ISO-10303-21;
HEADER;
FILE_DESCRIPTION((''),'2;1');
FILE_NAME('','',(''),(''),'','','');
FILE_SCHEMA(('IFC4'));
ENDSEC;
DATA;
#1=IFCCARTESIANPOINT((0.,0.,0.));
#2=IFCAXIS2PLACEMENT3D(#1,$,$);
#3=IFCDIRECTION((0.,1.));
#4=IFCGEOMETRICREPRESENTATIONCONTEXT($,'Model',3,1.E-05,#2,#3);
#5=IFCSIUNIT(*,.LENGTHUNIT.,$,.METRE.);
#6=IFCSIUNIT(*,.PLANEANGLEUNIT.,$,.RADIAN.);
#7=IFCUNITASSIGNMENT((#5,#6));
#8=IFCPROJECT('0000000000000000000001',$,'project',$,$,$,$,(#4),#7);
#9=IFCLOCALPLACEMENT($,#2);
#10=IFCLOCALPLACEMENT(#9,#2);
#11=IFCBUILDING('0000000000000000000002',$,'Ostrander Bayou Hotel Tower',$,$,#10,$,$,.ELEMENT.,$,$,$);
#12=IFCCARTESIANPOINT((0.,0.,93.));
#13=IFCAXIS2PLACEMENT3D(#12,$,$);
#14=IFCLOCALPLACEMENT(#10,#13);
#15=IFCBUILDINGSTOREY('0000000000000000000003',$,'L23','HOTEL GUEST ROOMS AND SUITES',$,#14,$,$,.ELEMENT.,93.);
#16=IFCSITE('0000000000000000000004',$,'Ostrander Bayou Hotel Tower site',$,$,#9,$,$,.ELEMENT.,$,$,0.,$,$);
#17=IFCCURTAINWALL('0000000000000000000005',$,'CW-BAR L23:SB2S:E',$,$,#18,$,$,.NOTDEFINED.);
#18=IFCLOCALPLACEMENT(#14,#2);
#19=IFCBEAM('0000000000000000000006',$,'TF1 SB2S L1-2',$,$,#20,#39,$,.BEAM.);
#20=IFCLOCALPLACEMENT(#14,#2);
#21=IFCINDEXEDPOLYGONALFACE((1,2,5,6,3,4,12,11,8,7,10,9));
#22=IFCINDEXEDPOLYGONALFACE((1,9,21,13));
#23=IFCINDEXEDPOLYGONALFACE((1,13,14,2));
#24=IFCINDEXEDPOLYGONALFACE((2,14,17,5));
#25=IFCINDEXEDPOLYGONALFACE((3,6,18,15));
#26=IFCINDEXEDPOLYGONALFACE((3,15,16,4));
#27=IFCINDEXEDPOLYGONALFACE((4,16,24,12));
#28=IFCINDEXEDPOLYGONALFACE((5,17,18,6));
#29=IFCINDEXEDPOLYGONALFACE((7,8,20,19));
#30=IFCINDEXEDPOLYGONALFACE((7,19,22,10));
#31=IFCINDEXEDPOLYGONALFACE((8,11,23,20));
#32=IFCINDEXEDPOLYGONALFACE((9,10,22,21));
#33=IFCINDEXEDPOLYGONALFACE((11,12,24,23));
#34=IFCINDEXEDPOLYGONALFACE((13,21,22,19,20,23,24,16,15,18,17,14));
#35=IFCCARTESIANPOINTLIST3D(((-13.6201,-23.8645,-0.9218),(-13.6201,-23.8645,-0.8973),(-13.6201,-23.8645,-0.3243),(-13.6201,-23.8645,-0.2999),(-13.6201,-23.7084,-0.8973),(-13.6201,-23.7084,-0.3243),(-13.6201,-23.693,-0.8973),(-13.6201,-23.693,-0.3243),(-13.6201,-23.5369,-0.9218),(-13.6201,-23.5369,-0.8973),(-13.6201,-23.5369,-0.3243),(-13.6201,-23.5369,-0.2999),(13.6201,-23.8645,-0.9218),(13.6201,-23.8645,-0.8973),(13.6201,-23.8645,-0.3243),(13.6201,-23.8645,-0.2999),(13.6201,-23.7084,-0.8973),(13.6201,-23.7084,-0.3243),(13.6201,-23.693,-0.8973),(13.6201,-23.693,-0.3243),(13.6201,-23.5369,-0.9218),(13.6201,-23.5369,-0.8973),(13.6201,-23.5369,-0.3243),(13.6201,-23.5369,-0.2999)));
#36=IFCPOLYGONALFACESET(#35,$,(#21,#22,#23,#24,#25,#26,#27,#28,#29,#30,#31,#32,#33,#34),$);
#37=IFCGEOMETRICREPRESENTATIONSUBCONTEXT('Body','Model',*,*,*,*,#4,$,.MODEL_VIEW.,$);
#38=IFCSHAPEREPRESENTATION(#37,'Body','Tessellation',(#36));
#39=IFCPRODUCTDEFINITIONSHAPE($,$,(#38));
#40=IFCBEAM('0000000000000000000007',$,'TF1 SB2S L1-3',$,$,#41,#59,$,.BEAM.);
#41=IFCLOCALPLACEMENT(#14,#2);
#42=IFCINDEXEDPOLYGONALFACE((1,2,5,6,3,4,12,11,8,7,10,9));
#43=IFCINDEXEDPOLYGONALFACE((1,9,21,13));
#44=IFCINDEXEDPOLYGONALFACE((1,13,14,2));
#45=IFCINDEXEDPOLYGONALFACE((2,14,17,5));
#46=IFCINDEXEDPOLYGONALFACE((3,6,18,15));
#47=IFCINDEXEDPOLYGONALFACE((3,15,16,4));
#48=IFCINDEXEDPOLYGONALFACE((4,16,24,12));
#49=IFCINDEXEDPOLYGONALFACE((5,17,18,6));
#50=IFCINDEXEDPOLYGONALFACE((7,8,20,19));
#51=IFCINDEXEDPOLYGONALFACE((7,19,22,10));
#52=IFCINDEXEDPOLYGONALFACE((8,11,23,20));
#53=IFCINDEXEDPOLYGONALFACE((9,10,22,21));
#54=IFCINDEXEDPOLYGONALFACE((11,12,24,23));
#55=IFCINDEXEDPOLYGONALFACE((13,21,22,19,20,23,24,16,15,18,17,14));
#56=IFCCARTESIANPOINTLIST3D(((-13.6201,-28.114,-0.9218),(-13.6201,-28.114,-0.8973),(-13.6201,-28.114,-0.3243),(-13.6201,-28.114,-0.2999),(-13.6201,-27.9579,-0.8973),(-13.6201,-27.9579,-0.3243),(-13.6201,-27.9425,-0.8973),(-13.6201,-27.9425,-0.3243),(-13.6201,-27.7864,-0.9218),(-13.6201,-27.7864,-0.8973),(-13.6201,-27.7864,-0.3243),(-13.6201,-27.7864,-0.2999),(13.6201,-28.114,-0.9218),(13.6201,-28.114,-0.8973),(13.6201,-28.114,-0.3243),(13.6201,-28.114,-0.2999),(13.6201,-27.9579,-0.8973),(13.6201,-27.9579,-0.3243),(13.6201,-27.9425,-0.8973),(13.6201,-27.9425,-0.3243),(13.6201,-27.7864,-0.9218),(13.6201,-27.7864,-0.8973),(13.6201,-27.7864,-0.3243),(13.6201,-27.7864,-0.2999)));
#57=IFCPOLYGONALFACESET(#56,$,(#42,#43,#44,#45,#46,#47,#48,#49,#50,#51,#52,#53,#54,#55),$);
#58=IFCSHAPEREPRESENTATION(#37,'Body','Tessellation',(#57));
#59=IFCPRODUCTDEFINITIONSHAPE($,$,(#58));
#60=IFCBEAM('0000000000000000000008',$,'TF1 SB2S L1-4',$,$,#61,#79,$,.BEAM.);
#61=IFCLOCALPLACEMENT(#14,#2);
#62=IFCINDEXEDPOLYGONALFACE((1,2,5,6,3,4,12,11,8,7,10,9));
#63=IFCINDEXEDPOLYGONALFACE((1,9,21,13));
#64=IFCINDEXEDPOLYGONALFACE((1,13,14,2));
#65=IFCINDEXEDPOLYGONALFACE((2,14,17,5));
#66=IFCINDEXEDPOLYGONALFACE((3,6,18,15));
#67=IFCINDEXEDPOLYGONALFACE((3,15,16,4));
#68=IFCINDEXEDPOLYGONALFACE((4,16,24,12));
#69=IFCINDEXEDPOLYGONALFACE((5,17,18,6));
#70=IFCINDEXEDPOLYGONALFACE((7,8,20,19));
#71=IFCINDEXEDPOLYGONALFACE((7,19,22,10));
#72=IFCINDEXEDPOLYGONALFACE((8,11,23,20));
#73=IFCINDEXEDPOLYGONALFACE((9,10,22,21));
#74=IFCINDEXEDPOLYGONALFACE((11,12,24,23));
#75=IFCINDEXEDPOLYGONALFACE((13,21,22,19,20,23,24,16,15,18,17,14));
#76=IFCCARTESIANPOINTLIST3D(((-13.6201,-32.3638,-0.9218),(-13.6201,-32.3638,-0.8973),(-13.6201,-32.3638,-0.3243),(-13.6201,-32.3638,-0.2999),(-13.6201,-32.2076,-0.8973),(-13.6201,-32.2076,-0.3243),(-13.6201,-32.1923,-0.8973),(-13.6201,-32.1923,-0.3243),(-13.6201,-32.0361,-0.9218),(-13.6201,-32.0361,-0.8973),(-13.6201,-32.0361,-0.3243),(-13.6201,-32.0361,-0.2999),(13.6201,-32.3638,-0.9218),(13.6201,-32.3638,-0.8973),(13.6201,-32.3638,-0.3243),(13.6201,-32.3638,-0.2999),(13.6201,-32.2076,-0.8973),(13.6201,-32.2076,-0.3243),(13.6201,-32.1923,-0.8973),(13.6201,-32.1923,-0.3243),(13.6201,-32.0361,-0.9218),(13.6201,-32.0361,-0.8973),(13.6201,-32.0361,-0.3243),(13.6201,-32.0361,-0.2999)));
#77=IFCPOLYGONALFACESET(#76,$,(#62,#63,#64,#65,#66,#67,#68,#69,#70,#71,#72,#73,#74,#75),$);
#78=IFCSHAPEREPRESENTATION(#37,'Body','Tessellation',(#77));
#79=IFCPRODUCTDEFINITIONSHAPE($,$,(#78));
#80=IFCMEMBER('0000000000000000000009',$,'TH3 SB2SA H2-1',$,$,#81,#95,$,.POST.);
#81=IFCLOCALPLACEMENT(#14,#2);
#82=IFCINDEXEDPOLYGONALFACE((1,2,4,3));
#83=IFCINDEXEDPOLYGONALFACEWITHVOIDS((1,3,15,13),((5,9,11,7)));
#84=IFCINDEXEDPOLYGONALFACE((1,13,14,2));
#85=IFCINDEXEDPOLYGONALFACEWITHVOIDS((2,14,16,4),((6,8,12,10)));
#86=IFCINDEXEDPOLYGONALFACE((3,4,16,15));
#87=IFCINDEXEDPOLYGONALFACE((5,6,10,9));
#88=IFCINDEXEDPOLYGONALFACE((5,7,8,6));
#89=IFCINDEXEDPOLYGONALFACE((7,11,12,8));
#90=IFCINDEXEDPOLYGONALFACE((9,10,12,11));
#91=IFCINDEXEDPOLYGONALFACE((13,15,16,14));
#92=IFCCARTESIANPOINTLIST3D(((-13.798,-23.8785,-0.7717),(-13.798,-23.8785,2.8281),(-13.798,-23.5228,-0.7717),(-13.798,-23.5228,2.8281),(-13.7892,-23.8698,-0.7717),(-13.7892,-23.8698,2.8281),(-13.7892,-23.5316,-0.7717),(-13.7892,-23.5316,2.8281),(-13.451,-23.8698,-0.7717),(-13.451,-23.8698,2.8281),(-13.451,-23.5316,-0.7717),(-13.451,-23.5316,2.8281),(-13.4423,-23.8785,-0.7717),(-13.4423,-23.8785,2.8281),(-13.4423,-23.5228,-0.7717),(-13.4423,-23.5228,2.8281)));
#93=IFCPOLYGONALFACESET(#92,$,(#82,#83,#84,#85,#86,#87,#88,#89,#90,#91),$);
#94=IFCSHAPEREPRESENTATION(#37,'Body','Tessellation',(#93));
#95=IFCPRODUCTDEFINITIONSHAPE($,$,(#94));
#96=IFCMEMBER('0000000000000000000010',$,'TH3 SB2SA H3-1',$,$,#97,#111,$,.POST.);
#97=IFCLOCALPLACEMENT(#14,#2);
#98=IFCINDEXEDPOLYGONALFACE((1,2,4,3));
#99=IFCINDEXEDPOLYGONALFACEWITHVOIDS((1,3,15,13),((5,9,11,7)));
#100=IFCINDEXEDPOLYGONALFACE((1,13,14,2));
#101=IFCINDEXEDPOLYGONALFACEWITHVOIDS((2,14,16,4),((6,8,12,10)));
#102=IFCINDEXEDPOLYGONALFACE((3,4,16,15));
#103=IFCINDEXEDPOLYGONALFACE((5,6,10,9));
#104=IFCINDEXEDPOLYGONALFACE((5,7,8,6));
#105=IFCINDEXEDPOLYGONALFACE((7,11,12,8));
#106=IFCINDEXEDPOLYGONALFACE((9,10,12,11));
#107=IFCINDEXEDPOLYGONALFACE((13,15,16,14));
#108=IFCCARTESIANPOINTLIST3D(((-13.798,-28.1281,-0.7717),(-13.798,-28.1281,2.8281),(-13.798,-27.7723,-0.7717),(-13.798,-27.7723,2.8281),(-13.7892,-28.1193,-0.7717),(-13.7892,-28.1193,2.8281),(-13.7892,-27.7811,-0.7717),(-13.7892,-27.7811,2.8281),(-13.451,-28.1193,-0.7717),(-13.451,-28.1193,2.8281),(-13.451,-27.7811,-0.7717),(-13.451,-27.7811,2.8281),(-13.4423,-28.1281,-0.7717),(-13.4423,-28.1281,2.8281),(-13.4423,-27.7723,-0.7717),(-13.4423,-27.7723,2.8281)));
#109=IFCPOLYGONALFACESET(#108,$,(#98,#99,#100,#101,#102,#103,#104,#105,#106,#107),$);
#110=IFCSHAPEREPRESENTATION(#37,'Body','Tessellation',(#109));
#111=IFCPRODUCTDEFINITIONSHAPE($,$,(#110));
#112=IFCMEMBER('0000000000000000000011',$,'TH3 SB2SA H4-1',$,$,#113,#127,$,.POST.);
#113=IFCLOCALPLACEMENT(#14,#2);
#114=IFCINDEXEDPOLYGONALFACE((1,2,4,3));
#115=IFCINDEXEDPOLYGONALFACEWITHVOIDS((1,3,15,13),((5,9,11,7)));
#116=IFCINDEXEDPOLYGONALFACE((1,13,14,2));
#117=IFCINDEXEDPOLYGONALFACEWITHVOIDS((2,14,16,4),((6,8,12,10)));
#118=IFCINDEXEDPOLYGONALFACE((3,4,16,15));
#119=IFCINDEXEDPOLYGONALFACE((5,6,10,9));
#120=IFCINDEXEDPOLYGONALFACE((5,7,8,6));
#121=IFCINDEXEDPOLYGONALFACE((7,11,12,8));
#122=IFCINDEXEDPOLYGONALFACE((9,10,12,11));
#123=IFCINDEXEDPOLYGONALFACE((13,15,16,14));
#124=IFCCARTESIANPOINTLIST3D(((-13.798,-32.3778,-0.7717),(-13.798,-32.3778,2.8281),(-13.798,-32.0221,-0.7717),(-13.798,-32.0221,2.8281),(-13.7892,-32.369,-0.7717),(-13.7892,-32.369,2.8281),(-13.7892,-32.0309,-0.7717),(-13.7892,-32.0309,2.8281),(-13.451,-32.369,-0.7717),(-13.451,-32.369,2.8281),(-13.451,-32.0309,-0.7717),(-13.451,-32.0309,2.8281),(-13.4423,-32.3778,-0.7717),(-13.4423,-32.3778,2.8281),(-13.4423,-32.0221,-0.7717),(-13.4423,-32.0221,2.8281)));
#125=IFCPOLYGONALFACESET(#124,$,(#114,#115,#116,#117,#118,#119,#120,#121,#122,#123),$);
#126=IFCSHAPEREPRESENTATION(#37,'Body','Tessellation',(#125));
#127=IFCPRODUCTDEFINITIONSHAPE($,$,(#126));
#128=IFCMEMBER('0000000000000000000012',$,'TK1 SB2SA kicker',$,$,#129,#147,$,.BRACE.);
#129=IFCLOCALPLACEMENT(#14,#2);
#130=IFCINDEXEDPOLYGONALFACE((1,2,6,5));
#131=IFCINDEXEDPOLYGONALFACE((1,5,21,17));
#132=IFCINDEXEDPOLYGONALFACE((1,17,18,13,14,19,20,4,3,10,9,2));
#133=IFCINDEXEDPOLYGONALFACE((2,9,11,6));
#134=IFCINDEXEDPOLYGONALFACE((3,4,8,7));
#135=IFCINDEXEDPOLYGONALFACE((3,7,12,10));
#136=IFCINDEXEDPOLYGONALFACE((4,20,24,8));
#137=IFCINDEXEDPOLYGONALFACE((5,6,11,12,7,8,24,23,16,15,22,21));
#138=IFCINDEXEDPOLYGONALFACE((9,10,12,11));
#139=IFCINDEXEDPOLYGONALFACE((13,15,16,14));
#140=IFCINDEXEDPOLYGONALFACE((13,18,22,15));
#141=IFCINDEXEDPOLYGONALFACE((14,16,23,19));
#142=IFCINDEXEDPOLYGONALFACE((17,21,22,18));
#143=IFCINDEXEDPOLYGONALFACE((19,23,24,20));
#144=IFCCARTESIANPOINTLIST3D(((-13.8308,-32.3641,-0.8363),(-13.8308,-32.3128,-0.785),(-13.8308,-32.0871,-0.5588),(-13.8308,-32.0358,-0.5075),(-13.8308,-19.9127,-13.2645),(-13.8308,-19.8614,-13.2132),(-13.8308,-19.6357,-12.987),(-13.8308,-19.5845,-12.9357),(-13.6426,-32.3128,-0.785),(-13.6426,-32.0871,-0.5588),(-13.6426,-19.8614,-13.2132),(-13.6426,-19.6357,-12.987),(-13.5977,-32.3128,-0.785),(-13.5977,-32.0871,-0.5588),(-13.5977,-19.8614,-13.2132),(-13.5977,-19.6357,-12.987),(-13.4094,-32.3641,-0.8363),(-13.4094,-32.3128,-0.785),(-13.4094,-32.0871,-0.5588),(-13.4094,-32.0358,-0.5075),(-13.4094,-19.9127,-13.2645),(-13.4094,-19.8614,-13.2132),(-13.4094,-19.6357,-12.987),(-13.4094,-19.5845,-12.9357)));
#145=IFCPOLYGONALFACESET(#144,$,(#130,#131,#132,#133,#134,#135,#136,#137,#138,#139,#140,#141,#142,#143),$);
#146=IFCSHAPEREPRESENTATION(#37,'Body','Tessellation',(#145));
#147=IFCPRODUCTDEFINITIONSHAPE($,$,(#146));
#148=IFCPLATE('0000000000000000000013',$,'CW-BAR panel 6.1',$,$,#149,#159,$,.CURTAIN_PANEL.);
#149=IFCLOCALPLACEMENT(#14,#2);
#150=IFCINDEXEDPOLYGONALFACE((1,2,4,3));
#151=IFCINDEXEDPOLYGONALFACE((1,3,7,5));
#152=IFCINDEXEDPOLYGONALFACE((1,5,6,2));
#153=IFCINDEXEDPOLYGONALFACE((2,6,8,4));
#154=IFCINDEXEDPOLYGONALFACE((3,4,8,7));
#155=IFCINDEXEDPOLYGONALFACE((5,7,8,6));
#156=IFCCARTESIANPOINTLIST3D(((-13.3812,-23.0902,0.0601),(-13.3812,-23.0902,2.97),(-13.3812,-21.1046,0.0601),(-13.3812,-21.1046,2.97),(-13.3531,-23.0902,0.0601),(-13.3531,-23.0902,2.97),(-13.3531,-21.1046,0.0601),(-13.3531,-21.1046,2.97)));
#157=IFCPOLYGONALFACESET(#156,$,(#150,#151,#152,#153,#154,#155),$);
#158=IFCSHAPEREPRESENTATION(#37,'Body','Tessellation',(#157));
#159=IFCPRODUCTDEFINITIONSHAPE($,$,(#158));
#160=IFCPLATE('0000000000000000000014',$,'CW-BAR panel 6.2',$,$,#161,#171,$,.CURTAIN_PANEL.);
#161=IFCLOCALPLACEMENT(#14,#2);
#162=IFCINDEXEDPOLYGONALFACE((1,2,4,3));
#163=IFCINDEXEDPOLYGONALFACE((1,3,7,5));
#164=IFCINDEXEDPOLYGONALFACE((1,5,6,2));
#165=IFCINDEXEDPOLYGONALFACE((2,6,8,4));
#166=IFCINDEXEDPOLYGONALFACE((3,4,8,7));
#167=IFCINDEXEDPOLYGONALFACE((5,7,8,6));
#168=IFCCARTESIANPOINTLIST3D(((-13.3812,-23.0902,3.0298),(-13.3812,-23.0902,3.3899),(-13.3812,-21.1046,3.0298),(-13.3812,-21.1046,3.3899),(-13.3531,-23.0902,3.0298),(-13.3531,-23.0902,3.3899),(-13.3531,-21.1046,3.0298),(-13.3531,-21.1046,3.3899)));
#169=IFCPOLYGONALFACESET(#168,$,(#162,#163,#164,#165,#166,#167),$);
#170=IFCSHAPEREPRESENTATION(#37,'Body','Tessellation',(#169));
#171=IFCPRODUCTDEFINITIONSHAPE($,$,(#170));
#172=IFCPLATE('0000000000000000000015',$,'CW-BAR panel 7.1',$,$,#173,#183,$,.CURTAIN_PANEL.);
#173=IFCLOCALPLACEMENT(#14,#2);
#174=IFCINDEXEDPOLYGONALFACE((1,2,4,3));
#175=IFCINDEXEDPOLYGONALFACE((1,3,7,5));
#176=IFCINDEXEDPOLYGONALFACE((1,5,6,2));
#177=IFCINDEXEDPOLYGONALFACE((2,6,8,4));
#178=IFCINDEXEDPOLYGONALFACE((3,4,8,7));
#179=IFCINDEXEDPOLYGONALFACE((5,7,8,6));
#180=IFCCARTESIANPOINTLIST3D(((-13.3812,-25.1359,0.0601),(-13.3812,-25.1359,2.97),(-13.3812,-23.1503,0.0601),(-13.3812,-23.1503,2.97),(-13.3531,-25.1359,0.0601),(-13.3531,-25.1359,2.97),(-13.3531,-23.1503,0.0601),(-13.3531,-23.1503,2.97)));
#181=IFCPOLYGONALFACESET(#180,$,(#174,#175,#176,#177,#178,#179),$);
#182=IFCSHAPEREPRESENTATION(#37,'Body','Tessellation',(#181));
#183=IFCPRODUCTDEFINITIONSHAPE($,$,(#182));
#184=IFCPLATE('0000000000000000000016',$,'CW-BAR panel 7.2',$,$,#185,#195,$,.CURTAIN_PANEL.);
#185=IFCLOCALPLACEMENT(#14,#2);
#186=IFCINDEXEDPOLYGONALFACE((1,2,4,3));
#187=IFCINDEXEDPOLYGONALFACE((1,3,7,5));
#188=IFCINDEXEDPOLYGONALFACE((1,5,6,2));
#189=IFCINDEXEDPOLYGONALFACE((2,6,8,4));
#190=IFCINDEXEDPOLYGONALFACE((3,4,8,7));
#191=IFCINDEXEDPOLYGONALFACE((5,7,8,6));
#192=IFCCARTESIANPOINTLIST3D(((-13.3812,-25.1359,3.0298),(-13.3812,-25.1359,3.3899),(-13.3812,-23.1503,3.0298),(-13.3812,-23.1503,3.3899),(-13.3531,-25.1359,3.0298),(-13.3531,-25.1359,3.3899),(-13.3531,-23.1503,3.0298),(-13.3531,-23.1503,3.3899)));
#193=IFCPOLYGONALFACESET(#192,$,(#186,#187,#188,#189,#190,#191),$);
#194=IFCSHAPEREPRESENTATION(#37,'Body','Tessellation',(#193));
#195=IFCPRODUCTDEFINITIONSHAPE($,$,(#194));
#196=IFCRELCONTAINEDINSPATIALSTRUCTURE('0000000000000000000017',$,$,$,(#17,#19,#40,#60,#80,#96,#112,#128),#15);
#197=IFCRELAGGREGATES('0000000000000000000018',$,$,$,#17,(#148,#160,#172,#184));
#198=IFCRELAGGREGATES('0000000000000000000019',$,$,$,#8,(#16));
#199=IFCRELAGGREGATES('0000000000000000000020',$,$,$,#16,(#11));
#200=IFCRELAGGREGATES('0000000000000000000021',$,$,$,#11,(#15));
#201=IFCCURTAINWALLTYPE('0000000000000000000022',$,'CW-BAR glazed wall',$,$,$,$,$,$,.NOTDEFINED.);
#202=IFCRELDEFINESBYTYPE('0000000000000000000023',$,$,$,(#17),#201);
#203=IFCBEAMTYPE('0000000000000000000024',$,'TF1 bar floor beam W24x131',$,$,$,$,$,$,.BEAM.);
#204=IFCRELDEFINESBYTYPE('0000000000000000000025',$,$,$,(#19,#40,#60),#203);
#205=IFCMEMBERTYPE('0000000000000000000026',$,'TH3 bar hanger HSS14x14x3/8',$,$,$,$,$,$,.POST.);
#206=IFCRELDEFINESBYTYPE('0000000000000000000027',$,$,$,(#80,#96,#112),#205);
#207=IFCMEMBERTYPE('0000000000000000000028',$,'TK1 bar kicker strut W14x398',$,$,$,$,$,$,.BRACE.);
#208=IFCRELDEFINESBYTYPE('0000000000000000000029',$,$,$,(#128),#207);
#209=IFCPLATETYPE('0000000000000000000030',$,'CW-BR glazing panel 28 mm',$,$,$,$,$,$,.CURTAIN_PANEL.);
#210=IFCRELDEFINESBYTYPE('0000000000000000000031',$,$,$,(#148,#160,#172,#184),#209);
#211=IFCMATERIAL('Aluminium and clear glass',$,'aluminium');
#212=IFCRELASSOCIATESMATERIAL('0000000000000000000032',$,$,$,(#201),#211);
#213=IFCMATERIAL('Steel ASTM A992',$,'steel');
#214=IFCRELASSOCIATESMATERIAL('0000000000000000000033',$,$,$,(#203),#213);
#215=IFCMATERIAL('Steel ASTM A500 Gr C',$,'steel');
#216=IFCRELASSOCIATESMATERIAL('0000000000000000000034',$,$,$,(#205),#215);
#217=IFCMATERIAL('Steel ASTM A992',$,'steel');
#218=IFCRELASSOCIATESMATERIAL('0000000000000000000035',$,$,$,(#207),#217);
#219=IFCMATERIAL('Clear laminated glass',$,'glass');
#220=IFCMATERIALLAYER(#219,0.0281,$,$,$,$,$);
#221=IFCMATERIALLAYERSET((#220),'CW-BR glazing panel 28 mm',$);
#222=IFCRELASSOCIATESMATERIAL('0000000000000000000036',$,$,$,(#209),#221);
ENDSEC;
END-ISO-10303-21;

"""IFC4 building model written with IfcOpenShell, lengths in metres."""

from ifc_helpers import new_model, si_unit, direction, frame, origin, origin_2d, place, context, subcontext, project, spatial, rectangle, hollow_rectangle, i_section, extrude, material, layer, layer_set, material_profile, profile_set, type_object, element, aggregate, save


model = new_model("IFC4")

# Units and contexts
model_context = context("Model", 3, precision=1e-05, world=origin(), true_north=direction((0.0, 1.0)))
body_context = subcontext(model_context, "Body", "Model", "MODEL_VIEW")
ifc_project = project(units=[si_unit("LENGTHUNIT", "METRE"), si_unit("PLANEANGLEUNIT", "RADIAN")], contexts=[model_context])

# Site, building, storey
site_placement = place(None, origin())
site = spatial("IfcSite", under=ifc_project, at=site_placement, Name="Ostrander Bayou Hotel Tower site", CompositionType="ELEMENT", RefElevation=0.0)
building_placement = place(site_placement, origin())
building = spatial("IfcBuilding", under=site, at=building_placement, Name="Ostrander Bayou Hotel Tower", CompositionType="ELEMENT")
storey_placement = place(building_placement, frame((0.0, 0.0, 93.0)))
storey = spatial("IfcBuildingStorey", under=building, at=storey_placement, Name="L23", Description="HOTEL GUEST ROOMS AND SUITES", CompositionType="ELEMENT", Elevation=93.0)

# Curtain wall
ifc_material_1 = material(Name="Aluminium and clear glass", Category="aluminium")
curtain_wall_type = type_object("IfcCurtainWallType", Name="CW-BAR glazed wall", PredefinedType="NOTDEFINED", material=ifc_material_1)
curtain_wall_1_placement = place(storey_placement, origin())
curtain_wall_1 = element("IfcCurtainWall", 1, at=curtain_wall_1_placement, inside=storey, type_object=curtain_wall_type, Name="CW-BAR L23:SB2S:E", PredefinedType="NOTDEFINED")

# Beams
ifc_material_2 = material(Name="Steel ASTM A992", Category="steel")
ifc_material_profile_1 = material_profile(ifc_material_2, i_section(OverallWidth=0.3276, OverallDepth=0.6218, WebThickness=0.0154, FlangeThickness=0.0244, at=origin_2d()))
ifc_profile_set_1 = profile_set([ifc_material_profile_1], Name="Steel ASTM A992")
beam_type = type_object("IfcBeamType", Name="TF1 bar floor beam W24x131", PredefinedType="BEAM", material=ifc_profile_set_1)
for number, where, z_axis, x_axis, name in (
    (2, (-13.6201, -23.7007, -0.6108), (1.0, 0.0, 0.0), (0.0, 1.0, 0.0), "TF1 SB2S L1-2"),
    (3, (-13.6201, -27.9502, -0.6108), (1.0, 0.0, 0.0), (0.0, 1.0, 0.0), "TF1 SB2S L1-3"),
    (4, (-13.6201, -32.2, -0.6108), (1.0, 0.0, 0.0), (0.0, 1.0, 0.0), "TF1 SB2S L1-4"),
):
    element("IfcBeam", number, at=place(storey_placement, frame(where, z_axis=z_axis, x_axis=x_axis)), inside=storey, type_object=beam_type, Name=name, PredefinedType="BEAM", context=body_context, shape_type="SweptSolid", body=[
        extrude(i_section(OverallWidth=0.3276, OverallDepth=0.6218, WebThickness=0.0154, FlangeThickness=0.0244, at=origin_2d()), origin(), (0.0, 0.0, 1.0), 27.2402),
    ])

# Members
ifc_material_3 = material(Name="Steel ASTM A500 Gr C", Category="steel")
ifc_material_profile_2 = material_profile(ifc_material_3, hollow_rectangle(XDim=0.3557, YDim=0.3557, WallThickness=0.0088, at=origin_2d()))
ifc_profile_set_2 = profile_set([ifc_material_profile_2], Name="Steel ASTM A500 Gr C")
member_type_1 = type_object("IfcMemberType", Name="TH3 bar hanger HSS14x14x3/8", PredefinedType="POST", material=ifc_profile_set_2)
for number, where, z_axis, x_axis, name in (
    (5, (-13.6201, -23.7007, -0.7717), (0.0, 0.0, 1.0), (1.0, 0.0, 0.0), "TH3 SB2SA H2-1"),
    (6, (-13.6201, -27.9502, -0.7717), (0.0, 0.0, 1.0), (1.0, 0.0, 0.0), "TH3 SB2SA H3-1"),
    (7, (-13.6201, -32.2, -0.7717), (0.0, 0.0, 1.0), (1.0, 0.0, 0.0), "TH3 SB2SA H4-1"),
):
    element("IfcMember", number, at=place(storey_placement, frame(where, z_axis=z_axis, x_axis=x_axis)), inside=storey, type_object=member_type_1, Name=name, PredefinedType="POST", context=body_context, shape_type="SweptSolid", body=[
        extrude(hollow_rectangle(XDim=0.3557, YDim=0.3557, WallThickness=0.0088, at=origin_2d()), origin(), (0.0, 0.0, 1.0), 3.5999),
    ])
ifc_material_4 = material(Name="Steel ASTM A992", Category="steel")
ifc_material_profile_3 = material_profile(ifc_material_4, i_section(OverallWidth=0.4214, OverallDepth=0.4646, WebThickness=0.0449, FlangeThickness=0.0725, at=origin_2d()))
ifc_profile_set_3 = profile_set([ifc_material_profile_3], Name="Steel ASTM A992")
member_type_2 = type_object("IfcMemberType", Name="TK1 bar kicker strut W14x398", PredefinedType="BRACE", material=ifc_profile_set_3)
member_1_placement = place(storey_placement, frame((-13.6201, -32.2, -0.6719), z_axis=(0.0, 0.707766, -0.706447), x_axis=(-1.0, 0.0, 0.0)))
element("IfcMember", 8, at=member_1_placement, inside=storey, type_object=member_type_2, Name="TK1 SB2SA kicker", PredefinedType="BRACE", context=body_context, shape_type="SweptSolid", body=[
    extrude(i_section(OverallWidth=0.4214, OverallDepth=0.4646, WebThickness=0.0449, FlangeThickness=0.0725, at=origin_2d()), origin(), (0.0, 0.0, 1.0), 17.5925),
])

# Plates
ifc_material_5 = material(Name="Clear laminated glass", Category="glass")
ifc_layer_1 = layer(ifc_material_5, 0.0281)
ifc_layer_set_1 = layer_set([ifc_layer_1], Name="CW-BR glazing panel 28 mm")
plate_type = type_object("IfcPlateType", Name="CW-BR glazing panel 28 mm", PredefinedType="CURTAIN_PANEL", material=ifc_layer_set_1)
plate_1_placement = place(storey_placement, frame((-13.3672, -22.0974, 0.0601), z_axis=(0.0, 0.0, 1.0), x_axis=(0.0, -1.0, 0.0)))
plate_1 = element("IfcPlate", 9, at=plate_1_placement, type_object=plate_type, Name="CW-BAR panel 6.1", PredefinedType="CURTAIN_PANEL", context=body_context, shape_type="SweptSolid", body=[
    extrude(rectangle(XDim=1.9856, YDim=0.0281, at=origin_2d()), origin(), (0.0, 0.0, 1.0), 2.9099),
])
plate_2_placement = place(storey_placement, frame((-13.3672, -22.0974, 3.0298), z_axis=(0.0, 0.0, 1.0), x_axis=(0.0, -1.0, 0.0)))
plate_2 = element("IfcPlate", 10, at=plate_2_placement, type_object=plate_type, Name="CW-BAR panel 6.2", PredefinedType="CURTAIN_PANEL", context=body_context, shape_type="SweptSolid", body=[
    extrude(rectangle(XDim=1.9856, YDim=0.0281, at=origin_2d()), origin(), (0.0, 0.0, 1.0), 0.3601),
])
plate_3_placement = place(storey_placement, frame((-13.3672, -24.1431, 0.0601), z_axis=(0.0, 0.0, 1.0), x_axis=(0.0, -1.0, 0.0)))
plate_3 = element("IfcPlate", 11, at=plate_3_placement, type_object=plate_type, Name="CW-BAR panel 7.1", PredefinedType="CURTAIN_PANEL", context=body_context, shape_type="SweptSolid", body=[
    extrude(rectangle(XDim=1.9856, YDim=0.0281, at=origin_2d()), origin(), (0.0, 0.0, 1.0), 2.9099),
])
plate_4_placement = place(storey_placement, frame((-13.3672, -24.1431, 3.0298), z_axis=(0.0, 0.0, 1.0), x_axis=(0.0, -1.0, 0.0)))
plate_4 = element("IfcPlate", 12, at=plate_4_placement, type_object=plate_type, Name="CW-BAR panel 7.2", PredefinedType="CURTAIN_PANEL", context=body_context, shape_type="SweptSolid", body=[
    extrude(rectangle(XDim=1.9856, YDim=0.0281, at=origin_2d()), origin(), (0.0, 0.0, 1.0), 0.3601),
])
aggregate(curtain_wall_1, [plate_1, plate_2, plate_3, plate_4])

save(model, "model.ifc")
